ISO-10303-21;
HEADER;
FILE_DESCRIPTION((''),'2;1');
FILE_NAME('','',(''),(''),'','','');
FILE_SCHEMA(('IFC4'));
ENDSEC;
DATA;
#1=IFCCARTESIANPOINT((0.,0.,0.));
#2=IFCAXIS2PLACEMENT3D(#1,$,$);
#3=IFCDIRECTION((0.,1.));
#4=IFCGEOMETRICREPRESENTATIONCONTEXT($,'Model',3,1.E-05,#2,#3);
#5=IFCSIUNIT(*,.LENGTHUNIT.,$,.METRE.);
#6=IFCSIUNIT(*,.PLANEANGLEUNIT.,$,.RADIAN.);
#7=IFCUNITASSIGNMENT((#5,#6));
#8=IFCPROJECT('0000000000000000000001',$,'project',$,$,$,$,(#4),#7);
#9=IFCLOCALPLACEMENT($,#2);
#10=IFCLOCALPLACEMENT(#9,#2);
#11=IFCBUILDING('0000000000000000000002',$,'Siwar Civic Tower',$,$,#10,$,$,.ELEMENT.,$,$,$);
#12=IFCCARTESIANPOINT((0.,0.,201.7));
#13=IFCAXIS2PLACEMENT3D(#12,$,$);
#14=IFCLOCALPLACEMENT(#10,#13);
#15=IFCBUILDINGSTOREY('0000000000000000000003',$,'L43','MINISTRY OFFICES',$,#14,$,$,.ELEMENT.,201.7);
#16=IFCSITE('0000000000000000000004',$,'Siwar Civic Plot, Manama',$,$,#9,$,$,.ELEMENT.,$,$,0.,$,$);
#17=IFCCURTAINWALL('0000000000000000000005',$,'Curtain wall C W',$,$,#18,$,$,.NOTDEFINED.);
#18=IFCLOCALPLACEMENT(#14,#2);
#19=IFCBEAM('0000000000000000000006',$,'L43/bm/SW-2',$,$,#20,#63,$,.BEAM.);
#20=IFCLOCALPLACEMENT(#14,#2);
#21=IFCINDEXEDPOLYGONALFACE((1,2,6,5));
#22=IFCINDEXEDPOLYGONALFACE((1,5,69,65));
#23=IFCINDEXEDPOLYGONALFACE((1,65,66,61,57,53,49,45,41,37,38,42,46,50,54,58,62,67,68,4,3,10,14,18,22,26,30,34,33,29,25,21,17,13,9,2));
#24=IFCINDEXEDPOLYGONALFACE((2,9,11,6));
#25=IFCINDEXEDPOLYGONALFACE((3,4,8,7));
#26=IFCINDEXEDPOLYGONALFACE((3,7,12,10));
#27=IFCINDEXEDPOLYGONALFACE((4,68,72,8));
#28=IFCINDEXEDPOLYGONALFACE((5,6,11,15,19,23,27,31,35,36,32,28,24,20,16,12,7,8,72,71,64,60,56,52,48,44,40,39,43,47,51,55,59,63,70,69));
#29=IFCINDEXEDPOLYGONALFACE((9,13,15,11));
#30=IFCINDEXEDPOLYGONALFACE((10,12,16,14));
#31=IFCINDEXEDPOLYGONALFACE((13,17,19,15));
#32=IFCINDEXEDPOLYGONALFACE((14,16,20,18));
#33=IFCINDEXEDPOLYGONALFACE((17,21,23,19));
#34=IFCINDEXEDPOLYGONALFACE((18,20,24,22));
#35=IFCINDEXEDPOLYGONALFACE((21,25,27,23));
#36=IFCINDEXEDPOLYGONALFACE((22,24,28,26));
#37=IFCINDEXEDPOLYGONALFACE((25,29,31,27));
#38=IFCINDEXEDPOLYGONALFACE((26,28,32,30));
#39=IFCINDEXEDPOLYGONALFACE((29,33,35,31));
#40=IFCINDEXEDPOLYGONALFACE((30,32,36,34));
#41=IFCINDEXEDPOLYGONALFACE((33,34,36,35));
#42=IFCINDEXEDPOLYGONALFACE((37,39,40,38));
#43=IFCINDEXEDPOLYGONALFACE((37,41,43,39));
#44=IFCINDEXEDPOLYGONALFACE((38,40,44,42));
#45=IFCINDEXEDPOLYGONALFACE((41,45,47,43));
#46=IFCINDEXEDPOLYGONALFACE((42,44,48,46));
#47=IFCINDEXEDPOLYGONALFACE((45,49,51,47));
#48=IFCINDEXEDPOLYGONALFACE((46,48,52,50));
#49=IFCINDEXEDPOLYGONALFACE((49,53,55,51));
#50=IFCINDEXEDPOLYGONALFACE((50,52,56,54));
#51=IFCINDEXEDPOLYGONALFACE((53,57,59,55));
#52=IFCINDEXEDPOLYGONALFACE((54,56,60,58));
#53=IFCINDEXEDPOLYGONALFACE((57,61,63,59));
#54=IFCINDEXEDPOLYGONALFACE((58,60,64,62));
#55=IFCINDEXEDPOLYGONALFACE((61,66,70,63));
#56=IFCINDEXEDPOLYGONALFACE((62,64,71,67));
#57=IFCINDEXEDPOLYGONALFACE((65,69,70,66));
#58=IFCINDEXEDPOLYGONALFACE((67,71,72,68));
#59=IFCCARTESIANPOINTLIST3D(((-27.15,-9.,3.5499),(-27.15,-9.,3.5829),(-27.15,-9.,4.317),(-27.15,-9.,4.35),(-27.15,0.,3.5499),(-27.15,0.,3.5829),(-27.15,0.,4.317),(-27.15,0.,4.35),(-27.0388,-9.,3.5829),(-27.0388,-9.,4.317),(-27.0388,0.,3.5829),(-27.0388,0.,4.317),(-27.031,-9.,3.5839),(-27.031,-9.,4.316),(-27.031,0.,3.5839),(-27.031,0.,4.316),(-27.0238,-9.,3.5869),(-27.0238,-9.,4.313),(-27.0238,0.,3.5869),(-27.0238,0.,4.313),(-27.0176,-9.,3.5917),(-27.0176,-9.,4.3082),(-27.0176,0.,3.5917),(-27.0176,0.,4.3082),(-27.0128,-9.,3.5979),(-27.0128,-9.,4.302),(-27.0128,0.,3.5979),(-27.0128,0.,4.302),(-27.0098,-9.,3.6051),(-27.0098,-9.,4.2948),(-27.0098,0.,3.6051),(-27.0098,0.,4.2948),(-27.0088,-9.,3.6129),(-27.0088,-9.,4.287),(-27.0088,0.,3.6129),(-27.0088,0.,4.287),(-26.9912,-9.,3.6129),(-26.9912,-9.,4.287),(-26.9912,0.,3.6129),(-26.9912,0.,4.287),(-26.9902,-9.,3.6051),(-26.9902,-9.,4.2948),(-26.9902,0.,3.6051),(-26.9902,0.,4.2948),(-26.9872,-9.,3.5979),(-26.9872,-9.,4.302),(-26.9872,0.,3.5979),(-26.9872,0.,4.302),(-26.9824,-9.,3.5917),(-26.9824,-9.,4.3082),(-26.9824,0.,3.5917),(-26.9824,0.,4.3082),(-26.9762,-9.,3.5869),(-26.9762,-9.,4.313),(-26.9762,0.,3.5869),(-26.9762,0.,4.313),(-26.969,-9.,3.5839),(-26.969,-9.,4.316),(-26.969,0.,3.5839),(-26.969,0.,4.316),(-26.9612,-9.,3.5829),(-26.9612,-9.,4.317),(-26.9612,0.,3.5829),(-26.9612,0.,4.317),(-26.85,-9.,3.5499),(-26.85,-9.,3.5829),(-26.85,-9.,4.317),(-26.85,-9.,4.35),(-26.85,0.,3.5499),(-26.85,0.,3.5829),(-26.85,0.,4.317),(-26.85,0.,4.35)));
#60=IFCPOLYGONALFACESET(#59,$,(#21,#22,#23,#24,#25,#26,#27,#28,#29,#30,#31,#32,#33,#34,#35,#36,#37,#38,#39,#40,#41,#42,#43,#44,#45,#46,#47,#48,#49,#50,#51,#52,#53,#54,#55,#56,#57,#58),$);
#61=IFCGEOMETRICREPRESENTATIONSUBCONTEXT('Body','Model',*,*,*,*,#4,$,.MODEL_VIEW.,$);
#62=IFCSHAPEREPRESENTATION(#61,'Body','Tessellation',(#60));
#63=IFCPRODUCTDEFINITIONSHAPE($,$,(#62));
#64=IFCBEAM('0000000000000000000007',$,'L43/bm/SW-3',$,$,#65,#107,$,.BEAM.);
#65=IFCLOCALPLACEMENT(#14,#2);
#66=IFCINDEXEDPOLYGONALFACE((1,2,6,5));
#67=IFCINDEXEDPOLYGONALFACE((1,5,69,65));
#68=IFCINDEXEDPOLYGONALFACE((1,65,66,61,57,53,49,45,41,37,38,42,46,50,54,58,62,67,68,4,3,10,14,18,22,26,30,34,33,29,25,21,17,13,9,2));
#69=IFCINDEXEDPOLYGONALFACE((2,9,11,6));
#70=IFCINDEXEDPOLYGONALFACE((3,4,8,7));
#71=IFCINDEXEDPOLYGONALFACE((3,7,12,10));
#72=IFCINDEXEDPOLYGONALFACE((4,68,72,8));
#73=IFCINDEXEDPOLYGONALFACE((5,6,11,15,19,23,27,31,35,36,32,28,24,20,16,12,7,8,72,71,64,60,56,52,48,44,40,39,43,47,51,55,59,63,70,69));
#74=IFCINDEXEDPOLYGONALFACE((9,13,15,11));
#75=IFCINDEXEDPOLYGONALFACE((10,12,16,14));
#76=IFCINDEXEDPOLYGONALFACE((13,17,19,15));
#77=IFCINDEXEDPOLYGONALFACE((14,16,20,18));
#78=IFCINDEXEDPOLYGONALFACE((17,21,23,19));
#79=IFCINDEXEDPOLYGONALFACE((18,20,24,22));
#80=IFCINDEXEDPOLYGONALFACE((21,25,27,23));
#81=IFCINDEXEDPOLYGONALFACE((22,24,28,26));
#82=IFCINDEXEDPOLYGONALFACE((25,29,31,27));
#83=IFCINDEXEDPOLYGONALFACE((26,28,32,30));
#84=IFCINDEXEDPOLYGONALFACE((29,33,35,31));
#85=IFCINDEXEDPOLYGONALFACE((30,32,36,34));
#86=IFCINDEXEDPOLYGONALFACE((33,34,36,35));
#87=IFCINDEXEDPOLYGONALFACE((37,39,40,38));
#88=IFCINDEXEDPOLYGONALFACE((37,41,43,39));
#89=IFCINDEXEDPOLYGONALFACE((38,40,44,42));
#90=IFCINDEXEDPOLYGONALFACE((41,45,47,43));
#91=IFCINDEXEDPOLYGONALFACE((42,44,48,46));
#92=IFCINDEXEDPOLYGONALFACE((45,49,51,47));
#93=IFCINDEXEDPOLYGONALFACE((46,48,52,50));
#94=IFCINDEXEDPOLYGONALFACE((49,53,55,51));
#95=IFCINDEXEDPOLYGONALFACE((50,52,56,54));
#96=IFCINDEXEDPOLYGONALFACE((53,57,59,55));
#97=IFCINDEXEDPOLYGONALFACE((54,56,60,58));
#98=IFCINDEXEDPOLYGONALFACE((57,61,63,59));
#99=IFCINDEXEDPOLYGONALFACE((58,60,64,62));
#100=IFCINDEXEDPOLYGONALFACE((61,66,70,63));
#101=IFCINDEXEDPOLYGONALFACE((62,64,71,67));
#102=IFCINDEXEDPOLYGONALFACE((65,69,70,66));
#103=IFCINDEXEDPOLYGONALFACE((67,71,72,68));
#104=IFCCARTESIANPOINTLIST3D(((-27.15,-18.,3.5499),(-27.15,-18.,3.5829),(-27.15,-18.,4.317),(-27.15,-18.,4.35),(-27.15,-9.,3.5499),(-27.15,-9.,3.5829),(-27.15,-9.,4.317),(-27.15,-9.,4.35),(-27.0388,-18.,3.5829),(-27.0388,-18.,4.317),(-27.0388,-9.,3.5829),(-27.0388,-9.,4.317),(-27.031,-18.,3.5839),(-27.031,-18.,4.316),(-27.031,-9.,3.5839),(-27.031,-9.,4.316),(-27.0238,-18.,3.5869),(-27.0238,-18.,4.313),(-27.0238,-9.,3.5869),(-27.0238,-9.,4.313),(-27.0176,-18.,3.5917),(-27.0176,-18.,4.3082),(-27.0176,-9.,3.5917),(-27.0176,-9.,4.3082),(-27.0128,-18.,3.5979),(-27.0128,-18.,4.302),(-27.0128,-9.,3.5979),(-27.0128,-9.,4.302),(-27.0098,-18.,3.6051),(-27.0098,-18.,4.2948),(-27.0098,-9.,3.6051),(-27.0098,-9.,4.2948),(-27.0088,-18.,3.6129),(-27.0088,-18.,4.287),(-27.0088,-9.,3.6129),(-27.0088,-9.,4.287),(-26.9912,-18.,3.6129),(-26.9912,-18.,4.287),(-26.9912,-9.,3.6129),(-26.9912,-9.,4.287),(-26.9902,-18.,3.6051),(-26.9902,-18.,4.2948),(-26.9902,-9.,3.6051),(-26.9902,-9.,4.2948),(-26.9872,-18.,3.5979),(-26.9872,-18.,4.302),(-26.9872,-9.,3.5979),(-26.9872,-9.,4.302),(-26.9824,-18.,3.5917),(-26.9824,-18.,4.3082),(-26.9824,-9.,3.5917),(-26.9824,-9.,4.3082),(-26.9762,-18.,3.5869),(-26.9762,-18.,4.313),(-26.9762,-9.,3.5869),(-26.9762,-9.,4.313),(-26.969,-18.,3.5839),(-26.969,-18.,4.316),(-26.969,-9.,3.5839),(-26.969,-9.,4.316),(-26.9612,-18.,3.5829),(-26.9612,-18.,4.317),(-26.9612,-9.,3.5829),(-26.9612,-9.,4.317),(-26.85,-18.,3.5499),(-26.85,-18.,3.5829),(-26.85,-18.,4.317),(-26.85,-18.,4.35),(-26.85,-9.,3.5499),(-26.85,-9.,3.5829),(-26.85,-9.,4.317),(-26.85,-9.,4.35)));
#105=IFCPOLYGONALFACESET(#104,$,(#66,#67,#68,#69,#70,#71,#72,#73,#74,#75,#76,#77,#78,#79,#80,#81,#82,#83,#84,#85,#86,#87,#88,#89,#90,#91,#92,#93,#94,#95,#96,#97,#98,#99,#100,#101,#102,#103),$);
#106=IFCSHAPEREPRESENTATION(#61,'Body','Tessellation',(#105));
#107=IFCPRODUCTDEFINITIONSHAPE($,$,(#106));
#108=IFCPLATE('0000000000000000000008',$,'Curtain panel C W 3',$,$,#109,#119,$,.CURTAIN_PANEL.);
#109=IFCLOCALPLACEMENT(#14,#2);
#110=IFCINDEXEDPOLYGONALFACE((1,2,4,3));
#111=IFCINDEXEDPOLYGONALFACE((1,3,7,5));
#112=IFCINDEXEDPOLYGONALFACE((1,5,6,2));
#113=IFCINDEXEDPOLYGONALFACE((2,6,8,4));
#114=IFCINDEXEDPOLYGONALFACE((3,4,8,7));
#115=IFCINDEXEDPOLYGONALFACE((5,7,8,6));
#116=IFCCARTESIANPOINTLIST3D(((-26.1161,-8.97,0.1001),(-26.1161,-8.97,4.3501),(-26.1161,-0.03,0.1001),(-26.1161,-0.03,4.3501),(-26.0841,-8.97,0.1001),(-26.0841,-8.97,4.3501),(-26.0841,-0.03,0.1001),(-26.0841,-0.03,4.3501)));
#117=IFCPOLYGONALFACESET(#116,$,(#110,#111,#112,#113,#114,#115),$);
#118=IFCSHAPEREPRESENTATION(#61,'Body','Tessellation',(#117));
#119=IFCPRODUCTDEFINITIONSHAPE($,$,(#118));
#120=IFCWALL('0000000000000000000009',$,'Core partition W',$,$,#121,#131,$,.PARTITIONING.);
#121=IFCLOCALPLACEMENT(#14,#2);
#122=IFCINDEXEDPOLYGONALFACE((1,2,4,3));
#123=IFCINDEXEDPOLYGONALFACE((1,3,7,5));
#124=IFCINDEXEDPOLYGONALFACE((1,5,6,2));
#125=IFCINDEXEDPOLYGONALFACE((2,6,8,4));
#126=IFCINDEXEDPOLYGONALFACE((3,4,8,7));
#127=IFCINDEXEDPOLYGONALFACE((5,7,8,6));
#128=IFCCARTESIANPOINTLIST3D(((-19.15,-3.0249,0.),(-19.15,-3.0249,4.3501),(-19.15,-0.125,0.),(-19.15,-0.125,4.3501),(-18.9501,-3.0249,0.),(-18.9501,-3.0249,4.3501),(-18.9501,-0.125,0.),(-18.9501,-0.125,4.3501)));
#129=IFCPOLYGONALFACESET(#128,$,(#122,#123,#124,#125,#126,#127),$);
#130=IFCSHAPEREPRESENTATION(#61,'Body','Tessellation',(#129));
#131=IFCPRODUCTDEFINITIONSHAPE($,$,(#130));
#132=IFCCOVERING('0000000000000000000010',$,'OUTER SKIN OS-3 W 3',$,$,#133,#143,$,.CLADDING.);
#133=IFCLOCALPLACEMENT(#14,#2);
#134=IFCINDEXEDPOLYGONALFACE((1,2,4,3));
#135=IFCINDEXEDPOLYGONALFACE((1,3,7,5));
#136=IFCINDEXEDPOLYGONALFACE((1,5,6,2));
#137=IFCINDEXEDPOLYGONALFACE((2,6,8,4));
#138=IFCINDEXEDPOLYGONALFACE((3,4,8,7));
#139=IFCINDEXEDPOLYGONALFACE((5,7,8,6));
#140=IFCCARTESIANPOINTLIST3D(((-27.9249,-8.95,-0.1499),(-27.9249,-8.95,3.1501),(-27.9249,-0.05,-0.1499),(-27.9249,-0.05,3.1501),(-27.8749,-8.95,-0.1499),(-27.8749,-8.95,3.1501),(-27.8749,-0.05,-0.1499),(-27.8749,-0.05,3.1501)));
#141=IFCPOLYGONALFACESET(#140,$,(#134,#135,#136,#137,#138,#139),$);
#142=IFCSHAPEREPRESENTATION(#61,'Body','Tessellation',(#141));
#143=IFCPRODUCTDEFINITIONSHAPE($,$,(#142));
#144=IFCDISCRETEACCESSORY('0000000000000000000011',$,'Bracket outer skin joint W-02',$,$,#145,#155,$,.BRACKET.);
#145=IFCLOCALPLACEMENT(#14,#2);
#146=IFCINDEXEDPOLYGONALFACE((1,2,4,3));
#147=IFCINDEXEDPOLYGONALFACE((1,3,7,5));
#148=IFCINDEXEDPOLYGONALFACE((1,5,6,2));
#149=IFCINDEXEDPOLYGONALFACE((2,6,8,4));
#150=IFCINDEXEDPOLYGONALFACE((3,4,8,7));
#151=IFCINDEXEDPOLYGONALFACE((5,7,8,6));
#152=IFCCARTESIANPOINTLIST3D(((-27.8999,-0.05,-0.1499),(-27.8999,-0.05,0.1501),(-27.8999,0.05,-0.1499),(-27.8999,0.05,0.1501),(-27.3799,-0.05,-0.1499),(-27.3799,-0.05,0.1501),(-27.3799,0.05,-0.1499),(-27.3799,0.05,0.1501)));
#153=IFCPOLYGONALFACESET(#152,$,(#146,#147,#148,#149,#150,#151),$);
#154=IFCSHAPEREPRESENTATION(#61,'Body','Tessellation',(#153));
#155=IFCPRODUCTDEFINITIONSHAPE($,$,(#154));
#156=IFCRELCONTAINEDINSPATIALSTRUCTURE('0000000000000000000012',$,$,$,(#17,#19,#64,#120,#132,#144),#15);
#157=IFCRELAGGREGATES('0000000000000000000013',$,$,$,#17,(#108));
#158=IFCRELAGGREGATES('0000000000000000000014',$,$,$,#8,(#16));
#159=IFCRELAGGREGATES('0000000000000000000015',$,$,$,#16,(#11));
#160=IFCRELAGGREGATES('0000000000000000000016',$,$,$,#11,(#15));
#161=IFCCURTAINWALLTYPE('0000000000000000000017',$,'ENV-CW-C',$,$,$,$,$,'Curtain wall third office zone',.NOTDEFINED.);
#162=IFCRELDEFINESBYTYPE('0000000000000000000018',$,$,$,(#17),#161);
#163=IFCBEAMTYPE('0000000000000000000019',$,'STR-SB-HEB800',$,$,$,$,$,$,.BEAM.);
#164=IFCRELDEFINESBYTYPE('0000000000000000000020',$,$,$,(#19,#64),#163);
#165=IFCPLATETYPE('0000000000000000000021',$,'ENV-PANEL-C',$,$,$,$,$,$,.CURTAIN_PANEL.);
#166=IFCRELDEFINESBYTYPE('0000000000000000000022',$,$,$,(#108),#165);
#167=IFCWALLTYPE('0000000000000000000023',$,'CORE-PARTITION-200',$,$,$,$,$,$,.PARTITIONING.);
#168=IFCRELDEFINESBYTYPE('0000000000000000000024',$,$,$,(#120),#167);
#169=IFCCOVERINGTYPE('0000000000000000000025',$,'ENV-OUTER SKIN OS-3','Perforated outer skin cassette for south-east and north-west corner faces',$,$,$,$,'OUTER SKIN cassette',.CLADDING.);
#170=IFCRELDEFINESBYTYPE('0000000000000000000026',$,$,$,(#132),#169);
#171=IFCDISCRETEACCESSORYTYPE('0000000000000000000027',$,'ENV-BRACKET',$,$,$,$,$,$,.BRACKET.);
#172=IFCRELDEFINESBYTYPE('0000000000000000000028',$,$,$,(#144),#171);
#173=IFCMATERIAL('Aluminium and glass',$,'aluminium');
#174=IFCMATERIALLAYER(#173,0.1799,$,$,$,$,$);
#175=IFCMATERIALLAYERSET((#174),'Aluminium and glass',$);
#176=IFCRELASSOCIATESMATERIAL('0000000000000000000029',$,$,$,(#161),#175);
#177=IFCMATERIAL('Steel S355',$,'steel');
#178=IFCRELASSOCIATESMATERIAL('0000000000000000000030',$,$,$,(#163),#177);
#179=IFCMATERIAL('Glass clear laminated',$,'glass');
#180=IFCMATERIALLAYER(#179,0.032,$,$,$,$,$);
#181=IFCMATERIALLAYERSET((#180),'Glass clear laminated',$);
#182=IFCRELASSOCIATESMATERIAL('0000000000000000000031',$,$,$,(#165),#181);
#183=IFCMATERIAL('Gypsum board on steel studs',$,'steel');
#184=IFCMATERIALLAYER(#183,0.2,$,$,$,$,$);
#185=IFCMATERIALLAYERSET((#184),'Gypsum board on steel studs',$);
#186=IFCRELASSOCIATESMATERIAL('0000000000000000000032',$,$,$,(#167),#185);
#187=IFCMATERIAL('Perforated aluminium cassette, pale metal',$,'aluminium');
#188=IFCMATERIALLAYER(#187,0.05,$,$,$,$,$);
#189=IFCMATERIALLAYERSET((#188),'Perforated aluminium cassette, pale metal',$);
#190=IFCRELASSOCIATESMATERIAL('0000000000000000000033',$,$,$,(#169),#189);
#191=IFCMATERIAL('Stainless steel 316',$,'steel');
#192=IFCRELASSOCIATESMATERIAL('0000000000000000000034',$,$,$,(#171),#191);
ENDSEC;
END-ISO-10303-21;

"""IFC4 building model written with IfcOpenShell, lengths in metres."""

from ifc_helpers import new_model, si_unit, direction, frame, frame_2d, origin, origin_2d, place, context, subcontext, project, spatial, rectangle, i_section, extrude, material, layer, layer_set, material_profile, profile_set, type_object, element, aggregate, save


model = new_model("IFC4")

# Units and contexts
model_context = context("Model", 3, precision=1e-05, world=origin(), true_north=direction((0.0, 1.0)))
body_context = subcontext(model_context, "Body", "Model", "MODEL_VIEW")
ifc_project = project(units=[si_unit("LENGTHUNIT", "METRE"), si_unit("PLANEANGLEUNIT", "RADIAN")], contexts=[model_context])

# Site, building, storey
site_placement = place(None, origin())
site = spatial("IfcSite", under=ifc_project, at=site_placement, Name="Siwar Civic Plot, Manama", CompositionType="ELEMENT", RefElevation=0.0)
building_placement = place(site_placement, origin())
building = spatial("IfcBuilding", under=site, at=building_placement, Name="Siwar Civic Tower", CompositionType="ELEMENT")
storey_placement = place(building_placement, frame((0.0, 0.0, 201.7)))
storey = spatial("IfcBuildingStorey", under=building, at=storey_placement, Name="L43", Description="MINISTRY OFFICES", CompositionType="ELEMENT", Elevation=201.7)

# Curtain wall
ifc_material_1 = material(Name="Aluminium and glass", Category="aluminium")
ifc_layer_1 = layer(ifc_material_1, 0.1799)
ifc_layer_set_1 = layer_set([ifc_layer_1], Name="Aluminium and glass")
curtain_wall_type = type_object("IfcCurtainWallType", Name="ENV-CW-C", ElementType="Curtain wall third office zone", PredefinedType="NOTDEFINED", material=ifc_layer_set_1)
curtain_wall_placement = place(storey_placement, origin())
curtain_wall = element("IfcCurtainWall", 1, at=curtain_wall_placement, inside=storey, type_object=curtain_wall_type, Name="Curtain wall C W", PredefinedType="NOTDEFINED")

# Beams
ifc_material_2 = material(Name="Steel S355", Category="steel")
ifc_material_profile_1 = material_profile(ifc_material_2, i_section(OverallWidth=0.3, OverallDepth=0.8, WebThickness=0.0176, FlangeThickness=0.033, FilletRadius=0.03, at=origin_2d()), Name="HEB800")
ifc_profile_set_1 = profile_set([ifc_material_profile_1], Name="Steel S355")
beam_type_1 = type_object("IfcBeamType", Name="STR-SB-HEB800", PredefinedType="BEAM", material=ifc_profile_set_1)
for number, where, z_axis, x_axis, name in (
    (2, (-27.0, 0.0, 3.95), (0.0, -1.0, 0.0), (1.0, 0.0, 0.0), "L43/bm/SW-2"),
    (3, (-27.0, -9.0, 3.95), (0.0, -1.0, 0.0), (1.0, 0.0, 0.0), "L43/bm/SW-3"),
):
    element("IfcBeam", number, at=place(storey_placement, frame(where, z_axis=z_axis, x_axis=x_axis)), inside=storey, type_object=beam_type_1, Name=name, PredefinedType="BEAM", context=body_context, shape_type="SweptSolid", body=[
        extrude(i_section(OverallWidth=0.3, OverallDepth=0.8, WebThickness=0.0176, FlangeThickness=0.033, FilletRadius=0.03, at=origin_2d()), origin(), (0.0, 0.0, 1.0), 9.0),
    ])

# Plate
ifc_material_3 = material(Name="Glass clear laminated", Category="glass")
ifc_layer_2 = layer(ifc_material_3, 0.032)
ifc_layer_set_2 = layer_set([ifc_layer_2], Name="Glass clear laminated")
plate_type = type_object("IfcPlateType", Name="ENV-PANEL-C", PredefinedType="CURTAIN_PANEL", material=ifc_layer_set_2)
plate_placement = place(storey_placement, frame((-26.1001, -4.5, 0.1001), z_axis=(0.0, 0.0, 1.0), x_axis=(0.0, -1.0, 0.0)))
plate = element("IfcPlate", 4, at=plate_placement, type_object=plate_type, Name="Curtain panel C W 3", PredefinedType="CURTAIN_PANEL", context=body_context, shape_type="SweptSolid", body=[
    extrude(rectangle(XDim=8.9399, YDim=0.032, at=origin_2d()), origin(), (0.0, 0.0, 1.0), 4.25),
])
aggregate(curtain_wall, [plate])

# Wall
ifc_material_4 = material(Name="Gypsum board on steel studs", Category="steel")
ifc_layer_3 = layer(ifc_material_4, 0.2)
ifc_layer_set_3 = layer_set([ifc_layer_3], Name="Gypsum board on steel studs")
wall_type = type_object("IfcWallType", Name="CORE-PARTITION-200", PredefinedType="PARTITIONING", material=ifc_layer_set_3)
wall_placement = place(storey_placement, frame((-19.05, -3.0249, 0.0), z_axis=(0.0, 0.0, 1.0), x_axis=(0.0, 1.0, 0.0)))
element("IfcWall", 5, at=wall_placement, inside=storey, type_object=wall_type, Name="Core partition W", PredefinedType="PARTITIONING", context=body_context, shape_type="SweptSolid", body=[
    extrude(rectangle(XDim=2.8999, YDim=0.2, at=frame_2d((1.45, 0.0))), origin(), (0.0, 0.0, 1.0), 4.3501),
])

# Covering
ifc_material_5 = material(Name="Perforated aluminium cassette, pale metal", Category="aluminium")
ifc_layer_4 = layer(ifc_material_5, 0.05)
ifc_layer_set_4 = layer_set([ifc_layer_4], Name="Perforated aluminium cassette, pale metal")
covering_type = type_object("IfcCoveringType", Name="ENV-OUTER SKIN OS-3", Description="Perforated outer skin cassette for south-east and north-west corner faces", ElementType="OUTER SKIN cassette", PredefinedType="CLADDING", material=ifc_layer_set_4)
covering_placement = place(storey_placement, frame((-27.8999, -4.5, -0.1499), z_axis=(0.0, 0.0, 1.0), x_axis=(0.0, -1.0, 0.0)))
element("IfcCovering", 6, at=covering_placement, inside=storey, type_object=covering_type, Name="OUTER SKIN OS-3 W 3", PredefinedType="CLADDING", context=body_context, shape_type="SweptSolid", body=[
    extrude(rectangle(XDim=8.8999, YDim=0.05, at=origin_2d()), origin(), (0.0, 0.0, 1.0), 3.3),
])

# Discrete accessory
ifc_material_6 = material(Name="Stainless steel 316", Category="steel")
discrete_accessory_type = type_object("IfcDiscreteAccessoryType", Name="ENV-BRACKET", PredefinedType="BRACKET", material=ifc_material_6)
discrete_accessory_placement = place(storey_placement, frame((-27.6399, 0.0, -0.1499), z_axis=(0.0, 0.0, 1.0), x_axis=(-1.0, 0.0, 0.0)))
element("IfcDiscreteAccessory", 7, at=discrete_accessory_placement, inside=storey, type_object=discrete_accessory_type, Name="Bracket outer skin joint W-02", PredefinedType="BRACKET", context=body_context, shape_type="SweptSolid", body=[
    extrude(rectangle(XDim=0.52, YDim=0.1001, at=origin_2d()), origin(), (0.0, 0.0, 1.0), 0.3),
])

save(model, "model.ifc")
